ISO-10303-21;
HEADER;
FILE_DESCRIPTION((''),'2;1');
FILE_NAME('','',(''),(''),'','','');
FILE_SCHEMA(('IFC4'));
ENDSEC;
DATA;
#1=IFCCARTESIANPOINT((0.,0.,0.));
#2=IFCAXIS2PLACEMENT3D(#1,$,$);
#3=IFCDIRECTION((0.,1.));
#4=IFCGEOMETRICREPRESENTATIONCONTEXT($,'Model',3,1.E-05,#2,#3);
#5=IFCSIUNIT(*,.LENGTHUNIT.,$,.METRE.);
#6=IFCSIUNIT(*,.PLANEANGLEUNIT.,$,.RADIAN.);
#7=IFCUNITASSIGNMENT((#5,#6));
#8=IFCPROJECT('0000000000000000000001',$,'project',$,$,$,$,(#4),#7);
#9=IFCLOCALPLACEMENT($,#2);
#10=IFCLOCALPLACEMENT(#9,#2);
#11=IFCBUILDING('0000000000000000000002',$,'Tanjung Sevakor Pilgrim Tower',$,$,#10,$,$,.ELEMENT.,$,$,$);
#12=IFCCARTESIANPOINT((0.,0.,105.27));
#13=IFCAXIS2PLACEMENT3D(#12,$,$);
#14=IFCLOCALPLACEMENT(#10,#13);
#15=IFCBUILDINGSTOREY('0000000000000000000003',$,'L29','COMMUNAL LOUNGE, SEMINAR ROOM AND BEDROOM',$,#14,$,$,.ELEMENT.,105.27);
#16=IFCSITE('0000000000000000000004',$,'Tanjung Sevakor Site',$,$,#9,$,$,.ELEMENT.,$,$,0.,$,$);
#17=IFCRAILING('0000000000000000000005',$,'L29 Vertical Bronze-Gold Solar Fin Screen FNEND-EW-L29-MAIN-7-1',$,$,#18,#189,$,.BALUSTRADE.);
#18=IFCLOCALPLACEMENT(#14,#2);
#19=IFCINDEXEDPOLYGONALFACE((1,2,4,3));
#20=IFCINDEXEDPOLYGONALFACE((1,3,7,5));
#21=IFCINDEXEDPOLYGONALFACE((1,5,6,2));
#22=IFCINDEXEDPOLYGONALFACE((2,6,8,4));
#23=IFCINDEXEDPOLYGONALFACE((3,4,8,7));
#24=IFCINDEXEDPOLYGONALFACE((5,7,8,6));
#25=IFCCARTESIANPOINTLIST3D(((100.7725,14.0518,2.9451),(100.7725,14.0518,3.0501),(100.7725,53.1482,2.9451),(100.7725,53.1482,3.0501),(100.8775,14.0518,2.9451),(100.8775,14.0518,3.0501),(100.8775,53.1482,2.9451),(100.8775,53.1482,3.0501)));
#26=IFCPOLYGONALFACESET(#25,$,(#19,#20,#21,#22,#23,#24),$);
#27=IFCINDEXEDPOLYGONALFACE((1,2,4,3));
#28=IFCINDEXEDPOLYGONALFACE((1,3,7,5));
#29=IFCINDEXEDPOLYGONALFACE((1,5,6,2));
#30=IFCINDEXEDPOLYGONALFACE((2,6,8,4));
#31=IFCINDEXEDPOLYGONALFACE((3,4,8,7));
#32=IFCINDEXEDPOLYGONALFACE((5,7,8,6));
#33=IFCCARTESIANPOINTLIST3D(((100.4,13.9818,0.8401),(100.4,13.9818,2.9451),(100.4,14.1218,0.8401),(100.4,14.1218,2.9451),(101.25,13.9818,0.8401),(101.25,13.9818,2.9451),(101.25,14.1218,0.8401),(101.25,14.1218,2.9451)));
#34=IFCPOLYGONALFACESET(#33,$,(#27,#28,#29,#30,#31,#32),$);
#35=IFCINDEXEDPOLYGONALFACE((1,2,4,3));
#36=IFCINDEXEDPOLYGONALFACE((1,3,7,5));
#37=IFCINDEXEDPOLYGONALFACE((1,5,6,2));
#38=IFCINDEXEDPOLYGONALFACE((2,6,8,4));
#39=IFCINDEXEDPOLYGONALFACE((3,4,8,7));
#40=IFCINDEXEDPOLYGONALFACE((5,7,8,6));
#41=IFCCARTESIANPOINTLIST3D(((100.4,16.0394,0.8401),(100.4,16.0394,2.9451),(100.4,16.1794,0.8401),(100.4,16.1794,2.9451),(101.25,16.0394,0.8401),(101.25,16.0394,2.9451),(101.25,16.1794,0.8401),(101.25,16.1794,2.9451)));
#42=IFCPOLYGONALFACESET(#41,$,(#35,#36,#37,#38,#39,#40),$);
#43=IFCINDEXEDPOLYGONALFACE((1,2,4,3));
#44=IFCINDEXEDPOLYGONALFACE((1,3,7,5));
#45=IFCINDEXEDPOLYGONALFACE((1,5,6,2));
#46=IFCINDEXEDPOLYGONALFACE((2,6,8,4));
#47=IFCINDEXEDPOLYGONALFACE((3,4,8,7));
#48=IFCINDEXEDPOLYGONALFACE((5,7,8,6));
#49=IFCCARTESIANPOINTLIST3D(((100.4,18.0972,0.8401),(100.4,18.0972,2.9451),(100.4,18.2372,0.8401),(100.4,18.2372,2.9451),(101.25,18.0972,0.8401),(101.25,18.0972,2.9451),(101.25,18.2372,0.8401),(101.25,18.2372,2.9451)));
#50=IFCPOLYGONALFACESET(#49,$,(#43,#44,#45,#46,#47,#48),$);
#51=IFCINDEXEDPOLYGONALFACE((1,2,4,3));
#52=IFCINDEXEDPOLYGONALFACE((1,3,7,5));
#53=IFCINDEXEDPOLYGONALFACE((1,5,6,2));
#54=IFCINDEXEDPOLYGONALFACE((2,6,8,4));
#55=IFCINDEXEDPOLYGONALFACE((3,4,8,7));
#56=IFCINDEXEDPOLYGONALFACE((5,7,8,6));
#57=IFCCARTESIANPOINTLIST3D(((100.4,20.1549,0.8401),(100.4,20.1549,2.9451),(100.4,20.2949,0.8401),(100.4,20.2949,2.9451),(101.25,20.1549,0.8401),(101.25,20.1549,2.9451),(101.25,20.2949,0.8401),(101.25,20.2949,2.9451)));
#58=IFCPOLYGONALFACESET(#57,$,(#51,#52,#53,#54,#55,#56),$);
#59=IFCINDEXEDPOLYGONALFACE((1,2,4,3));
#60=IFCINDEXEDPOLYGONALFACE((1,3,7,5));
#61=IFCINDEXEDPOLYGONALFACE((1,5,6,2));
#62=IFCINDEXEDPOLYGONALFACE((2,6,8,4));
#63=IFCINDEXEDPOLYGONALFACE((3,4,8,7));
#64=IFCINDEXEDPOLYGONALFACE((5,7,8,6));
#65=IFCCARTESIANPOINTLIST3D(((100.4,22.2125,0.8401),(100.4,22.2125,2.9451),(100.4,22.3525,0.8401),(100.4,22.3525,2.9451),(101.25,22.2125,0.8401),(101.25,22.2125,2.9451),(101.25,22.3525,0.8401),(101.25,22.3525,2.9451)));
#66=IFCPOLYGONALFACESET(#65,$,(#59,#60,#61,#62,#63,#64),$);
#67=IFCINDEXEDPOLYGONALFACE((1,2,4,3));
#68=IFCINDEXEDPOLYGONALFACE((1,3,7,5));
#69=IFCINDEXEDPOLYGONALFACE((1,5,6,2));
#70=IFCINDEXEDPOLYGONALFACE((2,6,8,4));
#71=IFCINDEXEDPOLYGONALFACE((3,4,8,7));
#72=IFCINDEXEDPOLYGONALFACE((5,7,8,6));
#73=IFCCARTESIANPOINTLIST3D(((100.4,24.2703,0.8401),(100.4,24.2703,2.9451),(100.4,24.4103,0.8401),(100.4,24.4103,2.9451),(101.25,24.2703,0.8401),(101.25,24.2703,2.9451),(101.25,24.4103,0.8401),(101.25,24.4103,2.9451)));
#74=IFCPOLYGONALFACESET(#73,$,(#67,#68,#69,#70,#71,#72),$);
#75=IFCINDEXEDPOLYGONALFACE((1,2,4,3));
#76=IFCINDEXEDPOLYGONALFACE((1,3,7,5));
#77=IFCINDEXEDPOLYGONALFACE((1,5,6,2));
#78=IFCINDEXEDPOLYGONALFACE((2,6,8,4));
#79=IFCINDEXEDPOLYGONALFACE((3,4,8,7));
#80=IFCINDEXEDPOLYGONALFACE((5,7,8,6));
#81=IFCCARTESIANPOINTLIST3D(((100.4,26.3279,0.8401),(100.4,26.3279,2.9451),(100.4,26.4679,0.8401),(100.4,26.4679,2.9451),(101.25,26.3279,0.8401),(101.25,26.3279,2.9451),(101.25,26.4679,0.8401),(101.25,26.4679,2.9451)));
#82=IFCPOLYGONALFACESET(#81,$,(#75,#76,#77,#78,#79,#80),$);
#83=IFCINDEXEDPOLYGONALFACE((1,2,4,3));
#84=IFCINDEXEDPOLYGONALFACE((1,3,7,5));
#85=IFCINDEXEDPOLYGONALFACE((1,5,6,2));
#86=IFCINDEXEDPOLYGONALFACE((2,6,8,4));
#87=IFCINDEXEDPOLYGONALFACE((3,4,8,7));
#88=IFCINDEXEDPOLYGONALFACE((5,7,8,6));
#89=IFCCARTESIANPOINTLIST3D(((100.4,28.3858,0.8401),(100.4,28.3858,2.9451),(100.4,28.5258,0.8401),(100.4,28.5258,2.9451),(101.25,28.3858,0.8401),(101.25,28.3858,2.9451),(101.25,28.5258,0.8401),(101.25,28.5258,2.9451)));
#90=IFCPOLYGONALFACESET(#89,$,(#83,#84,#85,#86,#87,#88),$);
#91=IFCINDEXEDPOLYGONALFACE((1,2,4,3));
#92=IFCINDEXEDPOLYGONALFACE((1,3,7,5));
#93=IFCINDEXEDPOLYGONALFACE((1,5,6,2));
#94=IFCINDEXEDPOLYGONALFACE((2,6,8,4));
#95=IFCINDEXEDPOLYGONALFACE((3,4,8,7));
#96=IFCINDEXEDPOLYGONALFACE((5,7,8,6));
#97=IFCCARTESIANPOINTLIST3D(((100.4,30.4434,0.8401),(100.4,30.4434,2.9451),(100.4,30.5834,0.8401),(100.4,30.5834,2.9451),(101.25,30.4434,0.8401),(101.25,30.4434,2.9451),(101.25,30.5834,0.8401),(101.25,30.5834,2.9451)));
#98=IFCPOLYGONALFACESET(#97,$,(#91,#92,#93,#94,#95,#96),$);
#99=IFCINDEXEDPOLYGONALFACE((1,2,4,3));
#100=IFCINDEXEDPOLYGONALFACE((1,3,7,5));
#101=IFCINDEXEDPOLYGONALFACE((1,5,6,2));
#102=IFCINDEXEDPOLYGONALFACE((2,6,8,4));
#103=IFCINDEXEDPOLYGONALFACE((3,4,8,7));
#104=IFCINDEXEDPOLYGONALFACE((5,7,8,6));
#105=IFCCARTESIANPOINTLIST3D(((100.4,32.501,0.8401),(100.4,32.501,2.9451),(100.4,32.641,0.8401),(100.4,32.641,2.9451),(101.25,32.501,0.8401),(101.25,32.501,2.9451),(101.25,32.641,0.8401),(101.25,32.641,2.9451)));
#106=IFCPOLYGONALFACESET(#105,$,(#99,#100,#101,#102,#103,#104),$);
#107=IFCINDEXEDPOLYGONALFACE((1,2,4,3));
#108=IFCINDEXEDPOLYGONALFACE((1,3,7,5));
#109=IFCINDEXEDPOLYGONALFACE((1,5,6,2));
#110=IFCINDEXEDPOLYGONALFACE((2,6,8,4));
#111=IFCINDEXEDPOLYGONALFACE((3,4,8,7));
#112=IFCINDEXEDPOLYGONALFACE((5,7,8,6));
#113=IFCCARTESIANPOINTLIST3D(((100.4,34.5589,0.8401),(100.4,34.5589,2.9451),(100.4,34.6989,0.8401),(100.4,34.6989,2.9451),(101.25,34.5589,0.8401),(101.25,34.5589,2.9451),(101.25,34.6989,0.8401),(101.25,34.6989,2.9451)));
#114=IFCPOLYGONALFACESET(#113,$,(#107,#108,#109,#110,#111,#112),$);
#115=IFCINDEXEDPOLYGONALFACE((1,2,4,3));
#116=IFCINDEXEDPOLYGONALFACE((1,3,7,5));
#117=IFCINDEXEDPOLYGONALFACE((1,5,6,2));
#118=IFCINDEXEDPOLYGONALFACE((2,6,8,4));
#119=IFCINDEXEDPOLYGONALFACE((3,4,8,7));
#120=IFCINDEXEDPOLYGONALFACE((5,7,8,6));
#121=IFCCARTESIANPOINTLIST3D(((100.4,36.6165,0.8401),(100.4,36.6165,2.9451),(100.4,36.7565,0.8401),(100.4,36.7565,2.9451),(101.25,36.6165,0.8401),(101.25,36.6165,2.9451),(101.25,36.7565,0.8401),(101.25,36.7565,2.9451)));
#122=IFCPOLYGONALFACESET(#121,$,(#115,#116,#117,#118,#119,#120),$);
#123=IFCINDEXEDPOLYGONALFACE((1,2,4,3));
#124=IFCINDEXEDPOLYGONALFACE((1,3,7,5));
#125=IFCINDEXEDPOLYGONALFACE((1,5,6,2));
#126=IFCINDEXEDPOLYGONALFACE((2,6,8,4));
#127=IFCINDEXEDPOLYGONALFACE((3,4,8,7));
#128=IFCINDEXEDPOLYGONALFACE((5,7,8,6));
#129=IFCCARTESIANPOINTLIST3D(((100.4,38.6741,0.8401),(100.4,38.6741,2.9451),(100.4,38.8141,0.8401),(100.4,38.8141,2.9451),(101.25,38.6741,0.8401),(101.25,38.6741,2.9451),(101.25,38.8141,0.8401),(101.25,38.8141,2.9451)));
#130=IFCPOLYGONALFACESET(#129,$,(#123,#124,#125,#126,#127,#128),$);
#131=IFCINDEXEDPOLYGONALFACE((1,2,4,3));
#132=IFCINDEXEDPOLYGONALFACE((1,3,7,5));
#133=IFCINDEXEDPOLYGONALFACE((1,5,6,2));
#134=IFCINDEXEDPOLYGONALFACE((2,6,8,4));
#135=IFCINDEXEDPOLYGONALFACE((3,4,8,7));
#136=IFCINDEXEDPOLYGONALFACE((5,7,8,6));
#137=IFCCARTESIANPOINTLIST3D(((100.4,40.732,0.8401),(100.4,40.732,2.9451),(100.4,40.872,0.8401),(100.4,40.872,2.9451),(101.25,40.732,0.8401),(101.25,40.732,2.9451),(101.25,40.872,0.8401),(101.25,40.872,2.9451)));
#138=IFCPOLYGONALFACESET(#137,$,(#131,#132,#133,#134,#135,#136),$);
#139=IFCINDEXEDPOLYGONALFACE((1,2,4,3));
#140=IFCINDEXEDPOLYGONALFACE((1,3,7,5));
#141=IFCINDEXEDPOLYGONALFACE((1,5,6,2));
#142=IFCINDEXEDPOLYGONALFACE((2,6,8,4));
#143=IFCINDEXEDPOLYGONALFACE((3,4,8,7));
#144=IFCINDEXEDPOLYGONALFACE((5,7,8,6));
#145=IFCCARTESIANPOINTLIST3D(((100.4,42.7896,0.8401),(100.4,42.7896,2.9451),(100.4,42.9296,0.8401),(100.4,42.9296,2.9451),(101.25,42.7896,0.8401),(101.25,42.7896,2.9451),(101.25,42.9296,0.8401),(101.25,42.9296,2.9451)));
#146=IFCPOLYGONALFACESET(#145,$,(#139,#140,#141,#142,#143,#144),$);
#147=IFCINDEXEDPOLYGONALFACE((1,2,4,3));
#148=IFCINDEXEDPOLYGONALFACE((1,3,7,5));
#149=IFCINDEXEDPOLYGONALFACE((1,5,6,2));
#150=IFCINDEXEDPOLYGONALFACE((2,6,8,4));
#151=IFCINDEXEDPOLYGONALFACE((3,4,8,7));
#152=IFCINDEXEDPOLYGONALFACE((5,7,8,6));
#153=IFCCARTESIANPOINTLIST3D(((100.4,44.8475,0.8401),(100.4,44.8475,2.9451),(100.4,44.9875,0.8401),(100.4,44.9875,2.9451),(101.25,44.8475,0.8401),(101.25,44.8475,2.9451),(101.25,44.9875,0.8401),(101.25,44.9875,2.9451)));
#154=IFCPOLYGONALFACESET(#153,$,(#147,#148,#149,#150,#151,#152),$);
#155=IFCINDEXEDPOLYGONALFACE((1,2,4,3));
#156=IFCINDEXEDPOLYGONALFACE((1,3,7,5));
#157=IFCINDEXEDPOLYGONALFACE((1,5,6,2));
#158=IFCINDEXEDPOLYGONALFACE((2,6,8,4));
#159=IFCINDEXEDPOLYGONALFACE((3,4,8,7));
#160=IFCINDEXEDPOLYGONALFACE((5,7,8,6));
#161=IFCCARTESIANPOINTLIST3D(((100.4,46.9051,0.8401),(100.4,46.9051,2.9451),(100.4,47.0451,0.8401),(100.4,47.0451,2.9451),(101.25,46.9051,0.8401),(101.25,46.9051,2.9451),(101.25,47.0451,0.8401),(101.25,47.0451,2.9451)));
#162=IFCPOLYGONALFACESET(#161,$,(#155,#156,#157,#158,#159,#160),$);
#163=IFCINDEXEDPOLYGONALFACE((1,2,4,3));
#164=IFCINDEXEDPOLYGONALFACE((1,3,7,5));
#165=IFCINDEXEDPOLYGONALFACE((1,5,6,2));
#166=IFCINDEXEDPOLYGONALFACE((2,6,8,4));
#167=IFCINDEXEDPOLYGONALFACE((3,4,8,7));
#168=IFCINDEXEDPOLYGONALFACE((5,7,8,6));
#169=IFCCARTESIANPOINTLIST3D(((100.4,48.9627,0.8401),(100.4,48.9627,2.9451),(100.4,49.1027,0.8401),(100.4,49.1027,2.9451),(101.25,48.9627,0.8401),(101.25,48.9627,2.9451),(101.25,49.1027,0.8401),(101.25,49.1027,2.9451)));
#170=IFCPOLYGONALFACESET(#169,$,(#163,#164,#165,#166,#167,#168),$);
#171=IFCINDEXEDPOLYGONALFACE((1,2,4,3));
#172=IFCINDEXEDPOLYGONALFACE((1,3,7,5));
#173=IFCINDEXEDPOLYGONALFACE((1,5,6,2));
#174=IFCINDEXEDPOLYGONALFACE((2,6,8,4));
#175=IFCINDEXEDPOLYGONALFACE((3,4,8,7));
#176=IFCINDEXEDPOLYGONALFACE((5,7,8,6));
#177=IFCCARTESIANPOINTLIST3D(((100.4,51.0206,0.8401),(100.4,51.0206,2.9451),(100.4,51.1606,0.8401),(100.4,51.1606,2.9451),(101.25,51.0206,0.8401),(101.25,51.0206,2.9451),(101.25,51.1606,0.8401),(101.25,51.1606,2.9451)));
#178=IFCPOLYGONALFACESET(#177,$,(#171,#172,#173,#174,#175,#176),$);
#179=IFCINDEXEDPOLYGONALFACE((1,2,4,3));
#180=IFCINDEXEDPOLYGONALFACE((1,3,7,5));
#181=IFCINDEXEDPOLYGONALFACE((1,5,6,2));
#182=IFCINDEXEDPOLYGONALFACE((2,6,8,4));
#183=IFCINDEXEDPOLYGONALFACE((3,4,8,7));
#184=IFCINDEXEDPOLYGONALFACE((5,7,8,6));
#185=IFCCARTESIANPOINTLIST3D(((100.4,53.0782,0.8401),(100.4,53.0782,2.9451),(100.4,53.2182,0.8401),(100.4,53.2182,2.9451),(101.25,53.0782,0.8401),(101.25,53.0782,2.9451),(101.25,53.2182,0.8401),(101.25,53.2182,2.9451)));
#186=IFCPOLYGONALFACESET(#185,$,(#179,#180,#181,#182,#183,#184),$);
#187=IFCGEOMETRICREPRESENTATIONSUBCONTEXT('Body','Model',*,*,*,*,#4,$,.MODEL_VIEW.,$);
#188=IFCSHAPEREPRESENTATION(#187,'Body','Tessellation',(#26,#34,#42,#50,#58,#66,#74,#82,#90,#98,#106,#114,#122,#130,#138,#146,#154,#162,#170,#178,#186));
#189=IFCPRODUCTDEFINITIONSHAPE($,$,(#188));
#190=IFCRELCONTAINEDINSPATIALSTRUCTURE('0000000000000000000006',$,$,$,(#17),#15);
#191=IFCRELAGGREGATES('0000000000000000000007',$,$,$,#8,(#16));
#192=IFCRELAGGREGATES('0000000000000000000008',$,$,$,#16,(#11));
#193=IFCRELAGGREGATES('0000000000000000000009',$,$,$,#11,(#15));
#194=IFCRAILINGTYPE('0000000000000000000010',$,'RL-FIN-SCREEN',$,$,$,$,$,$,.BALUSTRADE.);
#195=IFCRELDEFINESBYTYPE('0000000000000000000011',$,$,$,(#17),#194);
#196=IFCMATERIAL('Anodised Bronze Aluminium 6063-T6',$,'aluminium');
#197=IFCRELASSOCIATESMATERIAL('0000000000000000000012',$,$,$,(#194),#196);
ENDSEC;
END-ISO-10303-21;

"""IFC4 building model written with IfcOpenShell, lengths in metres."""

from ifc_helpers import new_model, si_unit, direction, frame, origin, place, context, subcontext, project, spatial, rectangle, extrude, material, type_object, element, save


model = new_model("IFC4")

# Units and contexts
model_context = context("Model", 3, precision=1e-05, world=origin(), true_north=direction((0.0, 1.0)))
body_context = subcontext(model_context, "Body", "Model", "MODEL_VIEW")
ifc_project = project(units=[si_unit("LENGTHUNIT", "METRE"), si_unit("PLANEANGLEUNIT", "RADIAN")], contexts=[model_context])

# Site, building, storey
site_placement = place(None, origin())
site = spatial("IfcSite", under=ifc_project, at=site_placement, Name="Tanjung Sevakor Site", CompositionType="ELEMENT", RefElevation=0.0)
building_placement = place(site_placement, origin())
building = spatial("IfcBuilding", under=site, at=building_placement, Name="Tanjung Sevakor Pilgrim Tower", CompositionType="ELEMENT")
storey_placement = place(building_placement, frame((0.0, 0.0, 105.27)))
storey = spatial("IfcBuildingStorey", under=building, at=storey_placement, Name="L29", Description="COMMUNAL LOUNGE, SEMINAR ROOM AND BEDROOM", CompositionType="ELEMENT", Elevation=105.27)

# Railing
ifc_material_1 = material(Name="Anodised Bronze Aluminium 6063-T6", Category="aluminium")
railing_type = type_object("IfcRailingType", Name="RL-FIN-SCREEN", PredefinedType="BALUSTRADE", material=ifc_material_1)
railing_placement = place(storey_placement, frame((100.825, 14.0518, 0.8401)))
element("IfcRailing", 1, at=railing_placement, inside=storey, type_object=railing_type, Name="L29 Vertical Bronze-Gold Solar Fin Screen FNEND-EW-L29-MAIN-7-1", PredefinedType="BALUSTRADE", context=body_context, shape_type="SweptSolid", body=[
    extrude(rectangle(XDim=0.105, YDim=0.105), frame((0.0, 0.0, 2.1575), z_axis=(0.0, 1.0, 0.0), x_axis=(-1.0, 0.0, 0.0)), (0.0, 0.0, 1.0), 39.0964),
    extrude(rectangle(XDim=0.85, YDim=0.14), origin(), (0.0, 0.0, 1.0), 2.105),
    extrude(rectangle(XDim=0.85, YDim=0.14), frame((0.0, 2.0576, 0.0)), (0.0, 0.0, 1.0), 2.105),
    extrude(rectangle(XDim=0.85, YDim=0.14), frame((0.0, 4.1155, 0.0)), (0.0, 0.0, 1.0), 2.105),
    extrude(rectangle(XDim=0.85, YDim=0.14), frame((0.0, 6.1731, 0.0)), (0.0, 0.0, 1.0), 2.105),
    extrude(rectangle(XDim=0.85, YDim=0.14), frame((0.0, 8.2307, 0.0)), (0.0, 0.0, 1.0), 2.105),
    extrude(rectangle(XDim=0.85, YDim=0.14), frame((0.0, 10.2886, 0.0)), (0.0, 0.0, 1.0), 2.105),
    extrude(rectangle(XDim=0.85, YDim=0.14), frame((0.0, 12.3462, 0.0)), (0.0, 0.0, 1.0), 2.105),
    extrude(rectangle(XDim=0.85, YDim=0.14), frame((0.0, 14.4041, 0.0)), (0.0, 0.0, 1.0), 2.105),
    extrude(rectangle(XDim=0.85, YDim=0.14), frame((0.0, 16.4617, 0.0)), (0.0, 0.0, 1.0), 2.105),
    extrude(rectangle(XDim=0.85, YDim=0.14), frame((0.0, 18.5193, 0.0)), (0.0, 0.0, 1.0), 2.105),
    extrude(rectangle(XDim=0.85, YDim=0.14), frame((0.0, 20.5771, 0.0)), (0.0, 0.0, 1.0), 2.105),
    extrude(rectangle(XDim=0.85, YDim=0.14), frame((0.0, 22.6348, 0.0)), (0.0, 0.0, 1.0), 2.105),
    extrude(rectangle(XDim=0.85, YDim=0.14), frame((0.0, 24.6924, 0.0)), (0.0, 0.0, 1.0), 2.105),
    extrude(rectangle(XDim=0.85, YDim=0.14), frame((0.0, 26.7502, 0.0)), (0.0, 0.0, 1.0), 2.105),
    extrude(rectangle(XDim=0.85, YDim=0.14), frame((0.0, 28.8079, 0.0)), (0.0, 0.0, 1.0), 2.105),
    extrude(rectangle(XDim=0.85, YDim=0.14), frame((0.0, 30.8657, 0.0)), (0.0, 0.0, 1.0), 2.105),
    extrude(rectangle(XDim=0.85, YDim=0.14), frame((0.0, 32.9233, 0.0)), (0.0, 0.0, 1.0), 2.105),
    extrude(rectangle(XDim=0.85, YDim=0.14), frame((0.0, 34.981, 0.0)), (0.0, 0.0, 1.0), 2.105),
    extrude(rectangle(XDim=0.85, YDim=0.14), frame((0.0, 37.0388, 0.0)), (0.0, 0.0, 1.0), 2.105),
    extrude(rectangle(XDim=0.85, YDim=0.14), frame((0.0, 39.0964, 0.0)), (0.0, 0.0, 1.0), 2.105),
])

save(model, "model.ifc")
